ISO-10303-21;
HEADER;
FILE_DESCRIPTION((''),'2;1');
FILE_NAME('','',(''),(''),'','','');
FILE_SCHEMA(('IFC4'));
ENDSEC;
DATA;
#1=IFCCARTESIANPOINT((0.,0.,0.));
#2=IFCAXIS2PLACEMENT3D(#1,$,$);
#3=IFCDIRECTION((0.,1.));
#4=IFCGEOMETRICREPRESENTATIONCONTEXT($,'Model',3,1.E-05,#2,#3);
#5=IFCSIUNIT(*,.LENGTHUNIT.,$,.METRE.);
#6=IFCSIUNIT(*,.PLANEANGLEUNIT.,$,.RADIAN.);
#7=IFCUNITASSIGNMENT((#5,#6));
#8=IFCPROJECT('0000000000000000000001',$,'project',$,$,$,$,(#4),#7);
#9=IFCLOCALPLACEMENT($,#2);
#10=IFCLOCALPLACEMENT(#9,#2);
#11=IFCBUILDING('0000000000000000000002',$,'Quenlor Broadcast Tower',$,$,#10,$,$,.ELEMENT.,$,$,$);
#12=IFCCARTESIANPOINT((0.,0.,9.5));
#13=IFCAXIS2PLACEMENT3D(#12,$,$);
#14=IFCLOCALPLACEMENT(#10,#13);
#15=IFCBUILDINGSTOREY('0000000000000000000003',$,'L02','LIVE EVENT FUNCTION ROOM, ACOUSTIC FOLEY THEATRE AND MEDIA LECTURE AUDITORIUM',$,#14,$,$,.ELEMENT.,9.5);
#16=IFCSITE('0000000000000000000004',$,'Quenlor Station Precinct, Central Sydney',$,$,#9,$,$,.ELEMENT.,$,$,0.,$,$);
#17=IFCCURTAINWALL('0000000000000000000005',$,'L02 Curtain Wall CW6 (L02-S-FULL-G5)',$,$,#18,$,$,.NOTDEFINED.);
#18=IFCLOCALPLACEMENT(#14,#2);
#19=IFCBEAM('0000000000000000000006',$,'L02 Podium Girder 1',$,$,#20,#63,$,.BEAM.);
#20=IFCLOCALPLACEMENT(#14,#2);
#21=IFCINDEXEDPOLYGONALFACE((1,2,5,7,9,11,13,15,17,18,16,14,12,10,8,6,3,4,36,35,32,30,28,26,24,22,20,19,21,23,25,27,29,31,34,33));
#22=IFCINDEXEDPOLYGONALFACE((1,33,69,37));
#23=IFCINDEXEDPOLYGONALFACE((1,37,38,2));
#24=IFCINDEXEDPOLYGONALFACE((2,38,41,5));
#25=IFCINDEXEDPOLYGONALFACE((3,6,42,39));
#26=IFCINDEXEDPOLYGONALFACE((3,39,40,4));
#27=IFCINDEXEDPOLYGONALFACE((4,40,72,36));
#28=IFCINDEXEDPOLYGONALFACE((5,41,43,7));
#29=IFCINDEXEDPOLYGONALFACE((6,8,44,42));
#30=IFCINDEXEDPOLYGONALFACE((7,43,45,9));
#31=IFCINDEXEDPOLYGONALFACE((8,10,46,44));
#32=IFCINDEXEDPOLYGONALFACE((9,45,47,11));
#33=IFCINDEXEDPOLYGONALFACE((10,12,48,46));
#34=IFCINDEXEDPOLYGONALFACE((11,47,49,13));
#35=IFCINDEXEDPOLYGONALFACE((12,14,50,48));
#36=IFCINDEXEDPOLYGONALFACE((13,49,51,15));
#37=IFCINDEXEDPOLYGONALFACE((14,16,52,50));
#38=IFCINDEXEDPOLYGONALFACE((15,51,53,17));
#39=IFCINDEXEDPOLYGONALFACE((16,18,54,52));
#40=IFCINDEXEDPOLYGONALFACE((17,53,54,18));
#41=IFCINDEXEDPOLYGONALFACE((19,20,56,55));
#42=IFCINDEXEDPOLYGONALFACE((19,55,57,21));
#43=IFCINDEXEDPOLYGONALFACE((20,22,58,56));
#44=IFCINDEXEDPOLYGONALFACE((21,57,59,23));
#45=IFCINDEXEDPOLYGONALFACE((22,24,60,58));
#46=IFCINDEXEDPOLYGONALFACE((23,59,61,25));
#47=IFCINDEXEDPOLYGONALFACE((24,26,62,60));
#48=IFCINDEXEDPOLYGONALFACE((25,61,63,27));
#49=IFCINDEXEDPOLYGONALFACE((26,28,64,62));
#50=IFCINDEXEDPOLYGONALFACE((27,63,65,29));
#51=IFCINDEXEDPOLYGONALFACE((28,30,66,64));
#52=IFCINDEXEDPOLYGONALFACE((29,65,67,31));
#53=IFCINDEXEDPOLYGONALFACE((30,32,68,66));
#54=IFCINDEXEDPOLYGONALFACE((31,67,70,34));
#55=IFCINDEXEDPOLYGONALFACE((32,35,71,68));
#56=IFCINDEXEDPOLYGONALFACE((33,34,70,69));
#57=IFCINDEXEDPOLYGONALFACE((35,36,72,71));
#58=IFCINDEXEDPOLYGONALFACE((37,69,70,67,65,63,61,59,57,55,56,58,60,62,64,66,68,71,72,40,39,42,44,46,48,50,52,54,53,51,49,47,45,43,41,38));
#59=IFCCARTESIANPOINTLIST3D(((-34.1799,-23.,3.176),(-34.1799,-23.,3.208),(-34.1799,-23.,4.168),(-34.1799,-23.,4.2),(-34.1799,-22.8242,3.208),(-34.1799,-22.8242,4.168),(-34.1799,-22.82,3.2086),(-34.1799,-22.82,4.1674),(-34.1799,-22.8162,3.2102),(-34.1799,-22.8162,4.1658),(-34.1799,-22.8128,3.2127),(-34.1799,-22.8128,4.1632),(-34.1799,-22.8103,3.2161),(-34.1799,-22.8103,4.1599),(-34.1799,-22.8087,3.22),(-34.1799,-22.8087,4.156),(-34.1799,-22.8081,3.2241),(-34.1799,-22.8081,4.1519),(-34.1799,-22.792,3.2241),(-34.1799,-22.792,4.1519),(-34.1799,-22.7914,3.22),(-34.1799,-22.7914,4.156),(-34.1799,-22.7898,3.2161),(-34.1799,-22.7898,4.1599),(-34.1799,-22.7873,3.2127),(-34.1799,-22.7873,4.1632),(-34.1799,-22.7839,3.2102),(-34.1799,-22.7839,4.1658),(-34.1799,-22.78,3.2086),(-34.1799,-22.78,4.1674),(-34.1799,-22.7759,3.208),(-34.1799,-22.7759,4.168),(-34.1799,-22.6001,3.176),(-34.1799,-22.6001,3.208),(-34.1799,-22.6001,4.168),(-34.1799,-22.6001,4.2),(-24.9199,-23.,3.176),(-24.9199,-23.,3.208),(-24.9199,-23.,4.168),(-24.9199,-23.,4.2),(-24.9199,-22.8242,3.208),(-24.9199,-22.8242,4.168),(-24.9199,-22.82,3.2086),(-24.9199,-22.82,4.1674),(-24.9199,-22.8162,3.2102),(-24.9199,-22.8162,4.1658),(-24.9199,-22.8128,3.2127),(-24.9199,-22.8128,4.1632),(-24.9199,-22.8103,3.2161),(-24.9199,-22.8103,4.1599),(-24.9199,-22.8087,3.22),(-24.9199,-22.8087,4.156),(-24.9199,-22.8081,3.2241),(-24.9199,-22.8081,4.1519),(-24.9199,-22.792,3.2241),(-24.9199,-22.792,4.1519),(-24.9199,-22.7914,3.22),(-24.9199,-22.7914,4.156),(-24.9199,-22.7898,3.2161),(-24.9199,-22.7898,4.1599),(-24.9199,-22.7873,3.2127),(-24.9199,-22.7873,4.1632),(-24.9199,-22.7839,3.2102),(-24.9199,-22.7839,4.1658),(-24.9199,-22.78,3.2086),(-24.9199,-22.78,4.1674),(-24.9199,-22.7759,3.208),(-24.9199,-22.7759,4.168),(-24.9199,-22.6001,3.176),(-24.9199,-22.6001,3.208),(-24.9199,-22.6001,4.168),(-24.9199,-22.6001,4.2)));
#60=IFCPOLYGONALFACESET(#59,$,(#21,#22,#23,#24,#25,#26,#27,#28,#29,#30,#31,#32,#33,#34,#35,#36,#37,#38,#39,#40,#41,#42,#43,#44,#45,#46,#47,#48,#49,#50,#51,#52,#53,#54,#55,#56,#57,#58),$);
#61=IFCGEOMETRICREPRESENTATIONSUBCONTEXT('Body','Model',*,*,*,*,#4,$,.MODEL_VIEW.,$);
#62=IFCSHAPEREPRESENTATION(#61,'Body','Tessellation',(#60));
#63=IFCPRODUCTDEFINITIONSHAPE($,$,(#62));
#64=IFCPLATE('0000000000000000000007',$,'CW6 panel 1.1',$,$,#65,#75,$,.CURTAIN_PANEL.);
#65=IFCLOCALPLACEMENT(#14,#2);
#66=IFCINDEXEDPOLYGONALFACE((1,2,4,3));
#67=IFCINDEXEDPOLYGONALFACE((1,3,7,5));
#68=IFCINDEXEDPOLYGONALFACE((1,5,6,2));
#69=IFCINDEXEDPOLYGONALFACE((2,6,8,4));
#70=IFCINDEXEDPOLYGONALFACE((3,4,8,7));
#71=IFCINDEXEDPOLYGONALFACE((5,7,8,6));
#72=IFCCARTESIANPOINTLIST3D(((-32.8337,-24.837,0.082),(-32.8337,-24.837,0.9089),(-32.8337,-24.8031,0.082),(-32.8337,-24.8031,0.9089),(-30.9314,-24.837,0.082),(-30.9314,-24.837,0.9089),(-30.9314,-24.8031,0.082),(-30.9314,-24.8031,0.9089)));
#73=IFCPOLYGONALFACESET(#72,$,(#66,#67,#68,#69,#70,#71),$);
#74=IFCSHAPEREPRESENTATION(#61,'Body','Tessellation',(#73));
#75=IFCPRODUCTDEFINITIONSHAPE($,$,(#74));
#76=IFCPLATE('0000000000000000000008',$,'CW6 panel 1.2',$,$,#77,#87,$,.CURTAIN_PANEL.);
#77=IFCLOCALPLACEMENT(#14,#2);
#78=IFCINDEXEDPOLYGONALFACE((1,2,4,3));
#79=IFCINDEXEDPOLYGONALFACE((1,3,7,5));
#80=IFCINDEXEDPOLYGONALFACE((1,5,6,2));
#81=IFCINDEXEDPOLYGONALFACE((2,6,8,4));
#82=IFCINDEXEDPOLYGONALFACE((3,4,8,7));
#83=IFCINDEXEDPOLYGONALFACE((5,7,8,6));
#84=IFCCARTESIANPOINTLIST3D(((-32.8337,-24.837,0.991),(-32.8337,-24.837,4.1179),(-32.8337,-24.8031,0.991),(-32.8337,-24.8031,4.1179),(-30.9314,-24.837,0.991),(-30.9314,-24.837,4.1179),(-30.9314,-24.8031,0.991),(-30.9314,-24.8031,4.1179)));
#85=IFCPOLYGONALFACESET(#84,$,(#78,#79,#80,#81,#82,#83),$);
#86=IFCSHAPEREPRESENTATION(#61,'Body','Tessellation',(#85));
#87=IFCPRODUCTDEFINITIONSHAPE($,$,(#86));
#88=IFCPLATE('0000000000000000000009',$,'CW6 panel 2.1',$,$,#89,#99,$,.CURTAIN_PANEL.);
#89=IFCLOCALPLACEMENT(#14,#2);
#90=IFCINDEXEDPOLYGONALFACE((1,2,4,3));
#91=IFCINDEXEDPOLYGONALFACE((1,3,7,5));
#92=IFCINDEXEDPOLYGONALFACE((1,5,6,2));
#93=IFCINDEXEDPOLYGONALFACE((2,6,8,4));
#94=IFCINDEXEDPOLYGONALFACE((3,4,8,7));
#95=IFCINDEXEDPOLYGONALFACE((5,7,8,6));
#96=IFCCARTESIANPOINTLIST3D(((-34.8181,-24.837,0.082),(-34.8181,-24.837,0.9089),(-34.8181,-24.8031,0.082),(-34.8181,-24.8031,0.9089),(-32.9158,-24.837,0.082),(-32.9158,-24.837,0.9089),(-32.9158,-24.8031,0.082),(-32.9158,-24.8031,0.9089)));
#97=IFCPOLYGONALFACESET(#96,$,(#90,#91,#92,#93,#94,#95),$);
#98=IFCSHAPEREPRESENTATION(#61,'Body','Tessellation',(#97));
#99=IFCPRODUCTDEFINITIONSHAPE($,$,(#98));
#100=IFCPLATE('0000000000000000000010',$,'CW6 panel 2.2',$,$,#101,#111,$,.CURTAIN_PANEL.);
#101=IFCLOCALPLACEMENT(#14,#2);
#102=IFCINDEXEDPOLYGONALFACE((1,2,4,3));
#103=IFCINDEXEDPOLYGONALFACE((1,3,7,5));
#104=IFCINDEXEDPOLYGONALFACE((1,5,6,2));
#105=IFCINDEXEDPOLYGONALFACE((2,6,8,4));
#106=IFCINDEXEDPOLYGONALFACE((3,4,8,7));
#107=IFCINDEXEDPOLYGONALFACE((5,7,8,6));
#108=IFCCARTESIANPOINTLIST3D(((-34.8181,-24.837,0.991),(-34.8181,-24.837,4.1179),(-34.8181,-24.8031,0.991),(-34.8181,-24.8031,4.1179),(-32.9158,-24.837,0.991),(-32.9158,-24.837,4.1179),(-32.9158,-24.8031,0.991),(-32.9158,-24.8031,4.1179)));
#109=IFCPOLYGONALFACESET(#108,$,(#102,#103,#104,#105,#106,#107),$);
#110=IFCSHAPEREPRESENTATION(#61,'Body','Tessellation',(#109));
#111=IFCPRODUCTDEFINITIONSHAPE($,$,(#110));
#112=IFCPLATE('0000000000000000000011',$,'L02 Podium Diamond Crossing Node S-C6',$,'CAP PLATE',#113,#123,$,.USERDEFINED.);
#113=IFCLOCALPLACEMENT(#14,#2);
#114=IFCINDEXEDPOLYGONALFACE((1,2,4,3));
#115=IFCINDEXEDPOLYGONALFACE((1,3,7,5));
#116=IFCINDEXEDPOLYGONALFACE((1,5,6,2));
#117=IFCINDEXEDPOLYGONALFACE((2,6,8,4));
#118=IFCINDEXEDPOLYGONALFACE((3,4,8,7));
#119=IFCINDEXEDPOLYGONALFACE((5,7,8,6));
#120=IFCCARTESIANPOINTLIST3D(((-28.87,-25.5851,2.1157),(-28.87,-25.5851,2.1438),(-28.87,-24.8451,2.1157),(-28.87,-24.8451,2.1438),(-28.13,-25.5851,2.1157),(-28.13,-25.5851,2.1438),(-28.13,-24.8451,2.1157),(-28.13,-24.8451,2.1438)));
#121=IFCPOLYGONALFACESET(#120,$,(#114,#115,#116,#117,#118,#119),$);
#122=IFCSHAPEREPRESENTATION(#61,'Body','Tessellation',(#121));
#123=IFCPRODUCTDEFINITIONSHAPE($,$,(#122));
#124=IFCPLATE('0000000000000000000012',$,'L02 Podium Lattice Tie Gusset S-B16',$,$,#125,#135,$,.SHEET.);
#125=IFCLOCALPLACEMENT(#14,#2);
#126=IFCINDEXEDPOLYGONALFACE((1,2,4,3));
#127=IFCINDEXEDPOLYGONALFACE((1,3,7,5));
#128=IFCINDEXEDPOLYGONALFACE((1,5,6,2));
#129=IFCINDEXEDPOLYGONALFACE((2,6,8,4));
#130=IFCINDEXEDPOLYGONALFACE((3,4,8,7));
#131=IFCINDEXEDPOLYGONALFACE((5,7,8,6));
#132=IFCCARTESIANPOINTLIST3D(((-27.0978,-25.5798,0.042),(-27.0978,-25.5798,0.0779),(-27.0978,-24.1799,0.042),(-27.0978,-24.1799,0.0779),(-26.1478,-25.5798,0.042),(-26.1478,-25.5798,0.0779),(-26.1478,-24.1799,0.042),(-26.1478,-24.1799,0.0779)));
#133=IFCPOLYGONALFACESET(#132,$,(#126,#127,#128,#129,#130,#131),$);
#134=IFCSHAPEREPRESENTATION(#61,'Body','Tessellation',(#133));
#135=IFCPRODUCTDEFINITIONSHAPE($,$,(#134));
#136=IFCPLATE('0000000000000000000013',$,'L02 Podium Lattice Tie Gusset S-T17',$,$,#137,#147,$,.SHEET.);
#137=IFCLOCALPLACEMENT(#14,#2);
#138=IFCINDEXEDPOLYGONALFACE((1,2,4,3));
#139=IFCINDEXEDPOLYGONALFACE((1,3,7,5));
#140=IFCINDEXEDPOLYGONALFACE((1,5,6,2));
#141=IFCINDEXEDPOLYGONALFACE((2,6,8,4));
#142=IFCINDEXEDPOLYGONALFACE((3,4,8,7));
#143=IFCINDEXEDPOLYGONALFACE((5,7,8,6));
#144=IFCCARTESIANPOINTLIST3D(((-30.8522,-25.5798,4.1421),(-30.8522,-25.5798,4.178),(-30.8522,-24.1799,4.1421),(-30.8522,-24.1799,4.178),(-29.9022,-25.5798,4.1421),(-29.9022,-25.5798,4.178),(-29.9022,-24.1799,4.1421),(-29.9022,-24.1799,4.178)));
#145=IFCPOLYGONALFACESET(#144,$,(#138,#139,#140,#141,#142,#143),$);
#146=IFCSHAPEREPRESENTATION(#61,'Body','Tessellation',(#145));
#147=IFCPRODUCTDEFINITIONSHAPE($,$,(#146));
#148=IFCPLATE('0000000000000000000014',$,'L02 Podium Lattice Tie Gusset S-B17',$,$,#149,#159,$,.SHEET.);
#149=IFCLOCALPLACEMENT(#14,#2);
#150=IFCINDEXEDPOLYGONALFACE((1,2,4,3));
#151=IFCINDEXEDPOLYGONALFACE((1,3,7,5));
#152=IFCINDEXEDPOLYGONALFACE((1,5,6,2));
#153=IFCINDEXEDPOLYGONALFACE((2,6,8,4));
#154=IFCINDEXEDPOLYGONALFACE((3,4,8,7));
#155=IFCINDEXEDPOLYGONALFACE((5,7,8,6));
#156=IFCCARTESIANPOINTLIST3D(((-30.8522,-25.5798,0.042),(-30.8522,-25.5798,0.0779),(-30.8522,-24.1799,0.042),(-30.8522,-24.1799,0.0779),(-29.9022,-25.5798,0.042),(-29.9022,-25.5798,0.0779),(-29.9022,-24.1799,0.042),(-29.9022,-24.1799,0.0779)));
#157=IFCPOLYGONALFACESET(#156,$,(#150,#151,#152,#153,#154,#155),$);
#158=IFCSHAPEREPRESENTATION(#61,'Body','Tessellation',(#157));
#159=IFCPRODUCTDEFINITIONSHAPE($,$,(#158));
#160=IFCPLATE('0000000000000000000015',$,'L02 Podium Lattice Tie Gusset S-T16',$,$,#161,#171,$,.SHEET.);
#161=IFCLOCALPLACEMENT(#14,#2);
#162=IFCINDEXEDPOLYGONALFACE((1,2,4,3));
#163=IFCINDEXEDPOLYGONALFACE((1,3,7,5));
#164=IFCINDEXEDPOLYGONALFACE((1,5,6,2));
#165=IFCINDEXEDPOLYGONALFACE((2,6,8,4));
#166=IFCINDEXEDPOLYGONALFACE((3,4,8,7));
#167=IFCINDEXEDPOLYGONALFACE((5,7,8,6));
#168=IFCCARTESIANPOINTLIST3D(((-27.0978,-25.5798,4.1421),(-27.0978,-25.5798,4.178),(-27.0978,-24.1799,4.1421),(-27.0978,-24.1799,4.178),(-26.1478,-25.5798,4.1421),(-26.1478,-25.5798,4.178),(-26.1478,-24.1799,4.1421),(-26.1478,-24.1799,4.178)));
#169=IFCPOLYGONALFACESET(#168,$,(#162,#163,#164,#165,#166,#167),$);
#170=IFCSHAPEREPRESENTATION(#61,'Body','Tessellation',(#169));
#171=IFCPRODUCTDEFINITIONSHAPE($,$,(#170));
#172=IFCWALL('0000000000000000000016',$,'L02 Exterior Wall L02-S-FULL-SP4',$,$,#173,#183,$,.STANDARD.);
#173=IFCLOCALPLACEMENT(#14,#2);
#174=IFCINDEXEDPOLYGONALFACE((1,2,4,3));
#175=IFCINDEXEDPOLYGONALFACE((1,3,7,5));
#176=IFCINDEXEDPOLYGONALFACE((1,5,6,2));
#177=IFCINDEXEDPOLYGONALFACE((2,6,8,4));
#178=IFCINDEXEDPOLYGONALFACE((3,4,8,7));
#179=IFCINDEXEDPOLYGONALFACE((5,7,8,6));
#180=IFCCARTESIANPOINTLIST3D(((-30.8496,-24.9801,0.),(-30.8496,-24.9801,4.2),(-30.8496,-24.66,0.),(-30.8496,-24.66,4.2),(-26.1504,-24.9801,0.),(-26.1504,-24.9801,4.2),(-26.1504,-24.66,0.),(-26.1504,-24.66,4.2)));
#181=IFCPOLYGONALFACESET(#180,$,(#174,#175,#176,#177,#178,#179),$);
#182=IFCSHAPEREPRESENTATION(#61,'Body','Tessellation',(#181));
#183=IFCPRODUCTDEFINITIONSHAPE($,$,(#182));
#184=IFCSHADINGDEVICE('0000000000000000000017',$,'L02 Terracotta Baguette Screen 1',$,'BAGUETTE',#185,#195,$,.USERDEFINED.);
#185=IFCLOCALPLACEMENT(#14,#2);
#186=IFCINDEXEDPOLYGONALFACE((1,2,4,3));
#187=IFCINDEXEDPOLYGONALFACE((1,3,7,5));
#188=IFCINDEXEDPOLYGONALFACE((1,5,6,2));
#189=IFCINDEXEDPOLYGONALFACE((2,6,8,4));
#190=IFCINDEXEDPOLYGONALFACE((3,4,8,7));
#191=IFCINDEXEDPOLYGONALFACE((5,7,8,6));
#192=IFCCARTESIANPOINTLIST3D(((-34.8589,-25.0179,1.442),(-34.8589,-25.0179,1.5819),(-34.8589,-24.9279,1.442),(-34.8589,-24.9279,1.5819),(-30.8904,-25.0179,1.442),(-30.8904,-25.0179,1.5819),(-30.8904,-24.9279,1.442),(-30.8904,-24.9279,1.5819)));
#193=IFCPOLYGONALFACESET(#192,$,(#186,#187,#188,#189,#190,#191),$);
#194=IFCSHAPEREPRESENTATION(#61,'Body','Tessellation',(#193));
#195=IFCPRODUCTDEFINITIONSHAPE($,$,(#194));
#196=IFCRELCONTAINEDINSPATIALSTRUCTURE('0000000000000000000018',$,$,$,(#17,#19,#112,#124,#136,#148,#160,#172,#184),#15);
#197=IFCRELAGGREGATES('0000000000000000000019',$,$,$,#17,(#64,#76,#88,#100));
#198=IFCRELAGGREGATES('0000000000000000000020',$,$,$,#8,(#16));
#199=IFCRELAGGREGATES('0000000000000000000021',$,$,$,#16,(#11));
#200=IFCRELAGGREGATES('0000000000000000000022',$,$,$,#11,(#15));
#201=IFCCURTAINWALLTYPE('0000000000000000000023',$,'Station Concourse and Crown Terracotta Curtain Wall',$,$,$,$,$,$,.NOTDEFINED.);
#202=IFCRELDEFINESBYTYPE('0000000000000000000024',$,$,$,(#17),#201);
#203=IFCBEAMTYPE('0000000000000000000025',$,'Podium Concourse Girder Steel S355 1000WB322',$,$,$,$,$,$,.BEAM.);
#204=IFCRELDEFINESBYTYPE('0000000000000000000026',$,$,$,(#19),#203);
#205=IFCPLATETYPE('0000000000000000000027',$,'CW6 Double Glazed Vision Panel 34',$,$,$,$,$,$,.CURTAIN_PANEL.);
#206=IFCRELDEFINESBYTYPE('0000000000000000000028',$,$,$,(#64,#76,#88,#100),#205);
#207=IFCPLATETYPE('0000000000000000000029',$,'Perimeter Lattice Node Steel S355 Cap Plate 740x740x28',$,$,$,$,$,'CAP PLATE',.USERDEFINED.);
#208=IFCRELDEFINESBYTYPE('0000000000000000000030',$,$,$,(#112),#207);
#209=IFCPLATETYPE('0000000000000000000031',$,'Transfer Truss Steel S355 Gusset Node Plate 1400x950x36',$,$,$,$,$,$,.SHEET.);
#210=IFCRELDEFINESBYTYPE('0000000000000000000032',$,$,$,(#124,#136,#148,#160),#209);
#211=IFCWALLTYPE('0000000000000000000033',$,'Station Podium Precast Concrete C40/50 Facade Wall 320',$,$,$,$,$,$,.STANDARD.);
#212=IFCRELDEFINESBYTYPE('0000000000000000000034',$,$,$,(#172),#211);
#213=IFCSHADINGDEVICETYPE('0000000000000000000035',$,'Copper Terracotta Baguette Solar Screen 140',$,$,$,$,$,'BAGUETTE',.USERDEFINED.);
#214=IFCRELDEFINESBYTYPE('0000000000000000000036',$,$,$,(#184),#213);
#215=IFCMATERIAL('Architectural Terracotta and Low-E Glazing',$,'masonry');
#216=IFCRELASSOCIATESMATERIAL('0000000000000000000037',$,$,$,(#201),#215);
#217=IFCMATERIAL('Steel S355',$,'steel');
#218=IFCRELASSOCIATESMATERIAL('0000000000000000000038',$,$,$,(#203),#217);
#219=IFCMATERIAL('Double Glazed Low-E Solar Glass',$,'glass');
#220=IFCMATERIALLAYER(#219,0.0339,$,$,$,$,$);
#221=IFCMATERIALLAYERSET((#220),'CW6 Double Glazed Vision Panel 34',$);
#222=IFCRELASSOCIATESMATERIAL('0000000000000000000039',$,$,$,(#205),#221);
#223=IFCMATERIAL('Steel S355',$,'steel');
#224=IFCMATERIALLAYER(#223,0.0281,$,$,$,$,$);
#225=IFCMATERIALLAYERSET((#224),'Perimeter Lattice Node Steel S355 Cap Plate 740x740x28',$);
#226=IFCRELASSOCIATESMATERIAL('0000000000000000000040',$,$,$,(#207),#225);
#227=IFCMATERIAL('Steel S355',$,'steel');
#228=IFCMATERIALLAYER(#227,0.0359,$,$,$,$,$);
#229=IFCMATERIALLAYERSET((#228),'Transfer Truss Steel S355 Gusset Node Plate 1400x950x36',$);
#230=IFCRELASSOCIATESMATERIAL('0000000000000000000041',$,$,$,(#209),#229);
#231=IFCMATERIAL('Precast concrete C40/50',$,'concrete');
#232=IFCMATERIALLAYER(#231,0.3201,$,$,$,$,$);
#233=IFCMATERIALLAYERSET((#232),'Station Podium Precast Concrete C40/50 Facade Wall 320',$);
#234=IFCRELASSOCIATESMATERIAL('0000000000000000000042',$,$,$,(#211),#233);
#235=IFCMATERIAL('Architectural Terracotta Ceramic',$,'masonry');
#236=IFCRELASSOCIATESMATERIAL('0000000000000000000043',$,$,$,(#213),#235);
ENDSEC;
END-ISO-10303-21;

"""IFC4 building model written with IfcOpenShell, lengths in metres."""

from ifc_helpers import new_model, si_unit, direction, frame, frame_2d, origin, origin_2d, place, context, subcontext, project, spatial, rectangle, i_section, extrude, material, layer, layer_set, material_profile, profile_set, type_object, element, aggregate, save


model = new_model("IFC4")

# Units and contexts
model_context = context("Model", 3, precision=1e-05, world=origin(), true_north=direction((0.0, 1.0)))
body_context = subcontext(model_context, "Body", "Model", "MODEL_VIEW")
ifc_project = project(units=[si_unit("LENGTHUNIT", "METRE"), si_unit("PLANEANGLEUNIT", "RADIAN")], contexts=[model_context])

# Site, building, storey
site_placement = place(None, origin())
site = spatial("IfcSite", under=ifc_project, at=site_placement, Name="Quenlor Station Precinct, Central Sydney", CompositionType="ELEMENT", RefElevation=0.0)
building_placement = place(site_placement, origin())
building = spatial("IfcBuilding", under=site, at=building_placement, Name="Quenlor Broadcast Tower", CompositionType="ELEMENT")
storey_placement = place(building_placement, frame((0.0, 0.0, 9.5)))
storey = spatial("IfcBuildingStorey", under=building, at=storey_placement, Name="L02", Description="LIVE EVENT FUNCTION ROOM, ACOUSTIC FOLEY THEATRE AND MEDIA LECTURE AUDITORIUM", CompositionType="ELEMENT", Elevation=9.5)

# Curtain wall
ifc_material_1 = material(Name="Architectural Terracotta and Low-E Glazing", Category="masonry")
curtain_wall_type = type_object("IfcCurtainWallType", Name="Station Concourse and Crown Terracotta Curtain Wall", PredefinedType="NOTDEFINED", material=ifc_material_1)
curtain_wall_placement = place(storey_placement, origin())
curtain_wall = element("IfcCurtainWall", 1, at=curtain_wall_placement, inside=storey, type_object=curtain_wall_type, Name="L02 Curtain Wall CW6 (L02-S-FULL-G5)", PredefinedType="NOTDEFINED")

# Beam
ifc_material_2 = material(Name="Steel S355", Category="steel")
ifc_material_profile_1 = material_profile(ifc_material_2, i_section(OverallWidth=0.3999, OverallDepth=1.0239, WebThickness=0.0161, FlangeThickness=0.032, FilletRadius=0.0161, at=origin_2d()))
ifc_profile_set_1 = profile_set([ifc_material_profile_1], Name="Steel S355 1000WB322")
beam_type = type_object("IfcBeamType", Name="Podium Concourse Girder Steel S355 1000WB322", PredefinedType="BEAM", material=ifc_profile_set_1)
beam_placement = place(storey_placement, frame((-34.1799, -22.8, 3.688), z_axis=(1.0, 0.0, 0.0), x_axis=(0.0, 1.0, 0.0)))
element("IfcBeam", 2, at=beam_placement, inside=storey, type_object=beam_type, Name="L02 Podium Girder 1", PredefinedType="BEAM", context=body_context, shape_type="SweptSolid", body=[
    extrude(i_section(OverallWidth=0.3999, OverallDepth=1.0239, WebThickness=0.0161, FlangeThickness=0.032, FilletRadius=0.0161, at=origin_2d()), origin(), (0.0, 0.0, 1.0), 9.26),
])

# Plates
ifc_material_3 = material(Name="Double Glazed Low-E Solar Glass", Category="glass")
ifc_layer_1 = layer(ifc_material_3, 0.0339)
ifc_layer_set_1 = layer_set([ifc_layer_1], Name="CW6 Double Glazed Vision Panel 34")
plate_type_1 = type_object("IfcPlateType", Name="CW6 Double Glazed Vision Panel 34", PredefinedType="CURTAIN_PANEL", material=ifc_layer_set_1)
plate_1_placement = place(storey_placement, frame((-31.8826, -24.8201, 0.082), z_axis=(0.0, 0.0, 1.0), x_axis=(-1.0, 0.0, 0.0)))
plate_1 = element("IfcPlate", 3, at=plate_1_placement, type_object=plate_type_1, Name="CW6 panel 1.1", PredefinedType="CURTAIN_PANEL", context=body_context, shape_type="SweptSolid", body=[
    extrude(rectangle(XDim=1.9023, YDim=0.0339, at=origin_2d()), origin(), (0.0, 0.0, 1.0), 0.8269),
])
plate_2_placement = place(storey_placement, frame((-31.8826, -24.8201, 0.991), z_axis=(0.0, 0.0, 1.0), x_axis=(-1.0, 0.0, 0.0)))
plate_2 = element("IfcPlate", 4, at=plate_2_placement, type_object=plate_type_1, Name="CW6 panel 1.2", PredefinedType="CURTAIN_PANEL", context=body_context, shape_type="SweptSolid", body=[
    extrude(rectangle(XDim=1.9023, YDim=0.0339, at=origin_2d()), origin(), (0.0, 0.0, 1.0), 3.127),
])
plate_3_placement = place(storey_placement, frame((-33.8669, -24.8201, 0.082), z_axis=(0.0, 0.0, 1.0), x_axis=(-1.0, 0.0, 0.0)))
plate_3 = element("IfcPlate", 5, at=plate_3_placement, type_object=plate_type_1, Name="CW6 panel 2.1", PredefinedType="CURTAIN_PANEL", context=body_context, shape_type="SweptSolid", body=[
    extrude(rectangle(XDim=1.9023, YDim=0.0339, at=origin_2d()), origin(), (0.0, 0.0, 1.0), 0.8269),
])
plate_4_placement = place(storey_placement, frame((-33.8669, -24.8201, 0.991), z_axis=(0.0, 0.0, 1.0), x_axis=(-1.0, 0.0, 0.0)))
plate_4 = element("IfcPlate", 6, at=plate_4_placement, type_object=plate_type_1, Name="CW6 panel 2.2", PredefinedType="CURTAIN_PANEL", context=body_context, shape_type="SweptSolid", body=[
    extrude(rectangle(XDim=1.9023, YDim=0.0339, at=origin_2d()), origin(), (0.0, 0.0, 1.0), 3.127),
])
aggregate(curtain_wall, [plate_1, plate_2, plate_3, plate_4])

# Plates
ifc_material_4 = material(Name="Steel S355", Category="steel")
ifc_layer_2 = layer(ifc_material_4, 0.0281)
ifc_layer_set_2 = layer_set([ifc_layer_2], Name="Perimeter Lattice Node Steel S355 Cap Plate 740x740x28")
plate_type_2 = type_object("IfcPlateType", Name="Perimeter Lattice Node Steel S355 Cap Plate 740x740x28", ElementType="CAP PLATE", PredefinedType="USERDEFINED", material=ifc_layer_set_2)
plate_5_placement = place(storey_placement, frame((-28.5, -25.2151, 2.1157), z_axis=(0.0, 0.0, 1.0), x_axis=(-1.0, 0.0, 0.0)))
element("IfcPlate", 7, at=plate_5_placement, inside=storey, type_object=plate_type_2, Name="L02 Podium Diamond Crossing Node S-C6", ObjectType="CAP PLATE", PredefinedType="USERDEFINED", context=body_context, shape_type="SweptSolid", body=[
    extrude(rectangle(XDim=0.74, YDim=0.74, at=origin_2d()), origin(), (0.0, 0.0, 1.0), 0.0281),
])
ifc_material_5 = material(Name="Steel S355", Category="steel")
ifc_layer_3 = layer(ifc_material_5, 0.0359)
ifc_layer_set_3 = layer_set([ifc_layer_3], Name="Transfer Truss Steel S355 Gusset Node Plate 1400x950x36")
plate_type_3 = type_object("IfcPlateType", Name="Transfer Truss Steel S355 Gusset Node Plate 1400x950x36", PredefinedType="SHEET", material=ifc_layer_set_3)
for number, where, z_axis, x_axis, name in (
    (8, (-26.6228, -24.8799, 0.042), (0.0, 0.0, 1.0), (0.0, -1.0, 0.0), "L02 Podium Lattice Tie Gusset S-B16"),
    (9, (-30.3772, -24.8799, 4.1421), (0.0, 0.0, 1.0), (0.0, -1.0, 0.0), "L02 Podium Lattice Tie Gusset S-T17"),
    (10, (-30.3772, -24.8799, 0.042), (0.0, 0.0, 1.0), (0.0, -1.0, 0.0), "L02 Podium Lattice Tie Gusset S-B17"),
    (11, (-26.6228, -24.8799, 4.1421), (0.0, 0.0, 1.0), (0.0, -1.0, 0.0), "L02 Podium Lattice Tie Gusset S-T16"),
):
    element("IfcPlate", number, at=place(storey_placement, frame(where, z_axis=z_axis, x_axis=x_axis)), inside=storey, type_object=plate_type_3, Name=name, PredefinedType="SHEET", context=body_context, shape_type="SweptSolid", body=[
        extrude(rectangle(XDim=1.3999, YDim=0.95, at=origin_2d()), origin(), (0.0, 0.0, 1.0), 0.0359),
    ])

# Wall
ifc_material_6 = material(Name="Precast concrete C40/50", Category="concrete")
ifc_layer_4 = layer(ifc_material_6, 0.3201)
ifc_layer_set_4 = layer_set([ifc_layer_4], Name="Station Podium Precast Concrete C40/50 Facade Wall 320")
wall_type = type_object("IfcWallType", Name="Station Podium Precast Concrete C40/50 Facade Wall 320", PredefinedType="STANDARD", material=ifc_layer_set_4)
wall_placement = place(storey_placement, frame((-26.1504, -24.8201, 0.0), z_axis=(0.0, 0.0, 1.0), x_axis=(-1.0, 0.0, 0.0)))
element("IfcWall", 12, at=wall_placement, inside=storey, type_object=wall_type, Name="L02 Exterior Wall L02-S-FULL-SP4", PredefinedType="STANDARD", context=body_context, shape_type="SweptSolid", body=[
    extrude(rectangle(XDim=4.6992, YDim=0.3201, at=frame_2d((2.3496, 0.0))), origin(), (0.0, 0.0, 1.0), 4.2),
])

# Shading device
ifc_material_7 = material(Name="Architectural Terracotta Ceramic", Category="masonry")
ifc_material_profile_2 = material_profile(ifc_material_7, rectangle(XDim=0.0901, YDim=0.1399, at=origin_2d()))
ifc_profile_set_2 = profile_set([ifc_material_profile_2], Name="Architectural Terracotta Ceramic BAG90x140")
shading_device_type = type_object("IfcShadingDeviceType", Name="Copper Terracotta Baguette Solar Screen 140", ElementType="BAGUETTE", PredefinedType="USERDEFINED", material=ifc_profile_set_2)
for number, where, z_axis, x_axis, name in (
    (13, (-30.8904, -24.9729, 1.512), (-1.0, 0.0, 0.0), (0.0, -1.0, 0.0), "L02 Terracotta Baguette Screen 1"),
):
    element("IfcShadingDevice", number, at=place(storey_placement, frame(where, z_axis=z_axis, x_axis=x_axis)), inside=storey, type_object=shading_device_type, Name=name, ObjectType="BAGUETTE", PredefinedType="USERDEFINED", context=body_context, shape_type="SweptSolid", body=[
        extrude(rectangle(XDim=0.0901, YDim=0.1399, at=origin_2d()), origin(), (0.0, 0.0, 1.0), 3.9685),
    ])

save(model, "model.ifc")
